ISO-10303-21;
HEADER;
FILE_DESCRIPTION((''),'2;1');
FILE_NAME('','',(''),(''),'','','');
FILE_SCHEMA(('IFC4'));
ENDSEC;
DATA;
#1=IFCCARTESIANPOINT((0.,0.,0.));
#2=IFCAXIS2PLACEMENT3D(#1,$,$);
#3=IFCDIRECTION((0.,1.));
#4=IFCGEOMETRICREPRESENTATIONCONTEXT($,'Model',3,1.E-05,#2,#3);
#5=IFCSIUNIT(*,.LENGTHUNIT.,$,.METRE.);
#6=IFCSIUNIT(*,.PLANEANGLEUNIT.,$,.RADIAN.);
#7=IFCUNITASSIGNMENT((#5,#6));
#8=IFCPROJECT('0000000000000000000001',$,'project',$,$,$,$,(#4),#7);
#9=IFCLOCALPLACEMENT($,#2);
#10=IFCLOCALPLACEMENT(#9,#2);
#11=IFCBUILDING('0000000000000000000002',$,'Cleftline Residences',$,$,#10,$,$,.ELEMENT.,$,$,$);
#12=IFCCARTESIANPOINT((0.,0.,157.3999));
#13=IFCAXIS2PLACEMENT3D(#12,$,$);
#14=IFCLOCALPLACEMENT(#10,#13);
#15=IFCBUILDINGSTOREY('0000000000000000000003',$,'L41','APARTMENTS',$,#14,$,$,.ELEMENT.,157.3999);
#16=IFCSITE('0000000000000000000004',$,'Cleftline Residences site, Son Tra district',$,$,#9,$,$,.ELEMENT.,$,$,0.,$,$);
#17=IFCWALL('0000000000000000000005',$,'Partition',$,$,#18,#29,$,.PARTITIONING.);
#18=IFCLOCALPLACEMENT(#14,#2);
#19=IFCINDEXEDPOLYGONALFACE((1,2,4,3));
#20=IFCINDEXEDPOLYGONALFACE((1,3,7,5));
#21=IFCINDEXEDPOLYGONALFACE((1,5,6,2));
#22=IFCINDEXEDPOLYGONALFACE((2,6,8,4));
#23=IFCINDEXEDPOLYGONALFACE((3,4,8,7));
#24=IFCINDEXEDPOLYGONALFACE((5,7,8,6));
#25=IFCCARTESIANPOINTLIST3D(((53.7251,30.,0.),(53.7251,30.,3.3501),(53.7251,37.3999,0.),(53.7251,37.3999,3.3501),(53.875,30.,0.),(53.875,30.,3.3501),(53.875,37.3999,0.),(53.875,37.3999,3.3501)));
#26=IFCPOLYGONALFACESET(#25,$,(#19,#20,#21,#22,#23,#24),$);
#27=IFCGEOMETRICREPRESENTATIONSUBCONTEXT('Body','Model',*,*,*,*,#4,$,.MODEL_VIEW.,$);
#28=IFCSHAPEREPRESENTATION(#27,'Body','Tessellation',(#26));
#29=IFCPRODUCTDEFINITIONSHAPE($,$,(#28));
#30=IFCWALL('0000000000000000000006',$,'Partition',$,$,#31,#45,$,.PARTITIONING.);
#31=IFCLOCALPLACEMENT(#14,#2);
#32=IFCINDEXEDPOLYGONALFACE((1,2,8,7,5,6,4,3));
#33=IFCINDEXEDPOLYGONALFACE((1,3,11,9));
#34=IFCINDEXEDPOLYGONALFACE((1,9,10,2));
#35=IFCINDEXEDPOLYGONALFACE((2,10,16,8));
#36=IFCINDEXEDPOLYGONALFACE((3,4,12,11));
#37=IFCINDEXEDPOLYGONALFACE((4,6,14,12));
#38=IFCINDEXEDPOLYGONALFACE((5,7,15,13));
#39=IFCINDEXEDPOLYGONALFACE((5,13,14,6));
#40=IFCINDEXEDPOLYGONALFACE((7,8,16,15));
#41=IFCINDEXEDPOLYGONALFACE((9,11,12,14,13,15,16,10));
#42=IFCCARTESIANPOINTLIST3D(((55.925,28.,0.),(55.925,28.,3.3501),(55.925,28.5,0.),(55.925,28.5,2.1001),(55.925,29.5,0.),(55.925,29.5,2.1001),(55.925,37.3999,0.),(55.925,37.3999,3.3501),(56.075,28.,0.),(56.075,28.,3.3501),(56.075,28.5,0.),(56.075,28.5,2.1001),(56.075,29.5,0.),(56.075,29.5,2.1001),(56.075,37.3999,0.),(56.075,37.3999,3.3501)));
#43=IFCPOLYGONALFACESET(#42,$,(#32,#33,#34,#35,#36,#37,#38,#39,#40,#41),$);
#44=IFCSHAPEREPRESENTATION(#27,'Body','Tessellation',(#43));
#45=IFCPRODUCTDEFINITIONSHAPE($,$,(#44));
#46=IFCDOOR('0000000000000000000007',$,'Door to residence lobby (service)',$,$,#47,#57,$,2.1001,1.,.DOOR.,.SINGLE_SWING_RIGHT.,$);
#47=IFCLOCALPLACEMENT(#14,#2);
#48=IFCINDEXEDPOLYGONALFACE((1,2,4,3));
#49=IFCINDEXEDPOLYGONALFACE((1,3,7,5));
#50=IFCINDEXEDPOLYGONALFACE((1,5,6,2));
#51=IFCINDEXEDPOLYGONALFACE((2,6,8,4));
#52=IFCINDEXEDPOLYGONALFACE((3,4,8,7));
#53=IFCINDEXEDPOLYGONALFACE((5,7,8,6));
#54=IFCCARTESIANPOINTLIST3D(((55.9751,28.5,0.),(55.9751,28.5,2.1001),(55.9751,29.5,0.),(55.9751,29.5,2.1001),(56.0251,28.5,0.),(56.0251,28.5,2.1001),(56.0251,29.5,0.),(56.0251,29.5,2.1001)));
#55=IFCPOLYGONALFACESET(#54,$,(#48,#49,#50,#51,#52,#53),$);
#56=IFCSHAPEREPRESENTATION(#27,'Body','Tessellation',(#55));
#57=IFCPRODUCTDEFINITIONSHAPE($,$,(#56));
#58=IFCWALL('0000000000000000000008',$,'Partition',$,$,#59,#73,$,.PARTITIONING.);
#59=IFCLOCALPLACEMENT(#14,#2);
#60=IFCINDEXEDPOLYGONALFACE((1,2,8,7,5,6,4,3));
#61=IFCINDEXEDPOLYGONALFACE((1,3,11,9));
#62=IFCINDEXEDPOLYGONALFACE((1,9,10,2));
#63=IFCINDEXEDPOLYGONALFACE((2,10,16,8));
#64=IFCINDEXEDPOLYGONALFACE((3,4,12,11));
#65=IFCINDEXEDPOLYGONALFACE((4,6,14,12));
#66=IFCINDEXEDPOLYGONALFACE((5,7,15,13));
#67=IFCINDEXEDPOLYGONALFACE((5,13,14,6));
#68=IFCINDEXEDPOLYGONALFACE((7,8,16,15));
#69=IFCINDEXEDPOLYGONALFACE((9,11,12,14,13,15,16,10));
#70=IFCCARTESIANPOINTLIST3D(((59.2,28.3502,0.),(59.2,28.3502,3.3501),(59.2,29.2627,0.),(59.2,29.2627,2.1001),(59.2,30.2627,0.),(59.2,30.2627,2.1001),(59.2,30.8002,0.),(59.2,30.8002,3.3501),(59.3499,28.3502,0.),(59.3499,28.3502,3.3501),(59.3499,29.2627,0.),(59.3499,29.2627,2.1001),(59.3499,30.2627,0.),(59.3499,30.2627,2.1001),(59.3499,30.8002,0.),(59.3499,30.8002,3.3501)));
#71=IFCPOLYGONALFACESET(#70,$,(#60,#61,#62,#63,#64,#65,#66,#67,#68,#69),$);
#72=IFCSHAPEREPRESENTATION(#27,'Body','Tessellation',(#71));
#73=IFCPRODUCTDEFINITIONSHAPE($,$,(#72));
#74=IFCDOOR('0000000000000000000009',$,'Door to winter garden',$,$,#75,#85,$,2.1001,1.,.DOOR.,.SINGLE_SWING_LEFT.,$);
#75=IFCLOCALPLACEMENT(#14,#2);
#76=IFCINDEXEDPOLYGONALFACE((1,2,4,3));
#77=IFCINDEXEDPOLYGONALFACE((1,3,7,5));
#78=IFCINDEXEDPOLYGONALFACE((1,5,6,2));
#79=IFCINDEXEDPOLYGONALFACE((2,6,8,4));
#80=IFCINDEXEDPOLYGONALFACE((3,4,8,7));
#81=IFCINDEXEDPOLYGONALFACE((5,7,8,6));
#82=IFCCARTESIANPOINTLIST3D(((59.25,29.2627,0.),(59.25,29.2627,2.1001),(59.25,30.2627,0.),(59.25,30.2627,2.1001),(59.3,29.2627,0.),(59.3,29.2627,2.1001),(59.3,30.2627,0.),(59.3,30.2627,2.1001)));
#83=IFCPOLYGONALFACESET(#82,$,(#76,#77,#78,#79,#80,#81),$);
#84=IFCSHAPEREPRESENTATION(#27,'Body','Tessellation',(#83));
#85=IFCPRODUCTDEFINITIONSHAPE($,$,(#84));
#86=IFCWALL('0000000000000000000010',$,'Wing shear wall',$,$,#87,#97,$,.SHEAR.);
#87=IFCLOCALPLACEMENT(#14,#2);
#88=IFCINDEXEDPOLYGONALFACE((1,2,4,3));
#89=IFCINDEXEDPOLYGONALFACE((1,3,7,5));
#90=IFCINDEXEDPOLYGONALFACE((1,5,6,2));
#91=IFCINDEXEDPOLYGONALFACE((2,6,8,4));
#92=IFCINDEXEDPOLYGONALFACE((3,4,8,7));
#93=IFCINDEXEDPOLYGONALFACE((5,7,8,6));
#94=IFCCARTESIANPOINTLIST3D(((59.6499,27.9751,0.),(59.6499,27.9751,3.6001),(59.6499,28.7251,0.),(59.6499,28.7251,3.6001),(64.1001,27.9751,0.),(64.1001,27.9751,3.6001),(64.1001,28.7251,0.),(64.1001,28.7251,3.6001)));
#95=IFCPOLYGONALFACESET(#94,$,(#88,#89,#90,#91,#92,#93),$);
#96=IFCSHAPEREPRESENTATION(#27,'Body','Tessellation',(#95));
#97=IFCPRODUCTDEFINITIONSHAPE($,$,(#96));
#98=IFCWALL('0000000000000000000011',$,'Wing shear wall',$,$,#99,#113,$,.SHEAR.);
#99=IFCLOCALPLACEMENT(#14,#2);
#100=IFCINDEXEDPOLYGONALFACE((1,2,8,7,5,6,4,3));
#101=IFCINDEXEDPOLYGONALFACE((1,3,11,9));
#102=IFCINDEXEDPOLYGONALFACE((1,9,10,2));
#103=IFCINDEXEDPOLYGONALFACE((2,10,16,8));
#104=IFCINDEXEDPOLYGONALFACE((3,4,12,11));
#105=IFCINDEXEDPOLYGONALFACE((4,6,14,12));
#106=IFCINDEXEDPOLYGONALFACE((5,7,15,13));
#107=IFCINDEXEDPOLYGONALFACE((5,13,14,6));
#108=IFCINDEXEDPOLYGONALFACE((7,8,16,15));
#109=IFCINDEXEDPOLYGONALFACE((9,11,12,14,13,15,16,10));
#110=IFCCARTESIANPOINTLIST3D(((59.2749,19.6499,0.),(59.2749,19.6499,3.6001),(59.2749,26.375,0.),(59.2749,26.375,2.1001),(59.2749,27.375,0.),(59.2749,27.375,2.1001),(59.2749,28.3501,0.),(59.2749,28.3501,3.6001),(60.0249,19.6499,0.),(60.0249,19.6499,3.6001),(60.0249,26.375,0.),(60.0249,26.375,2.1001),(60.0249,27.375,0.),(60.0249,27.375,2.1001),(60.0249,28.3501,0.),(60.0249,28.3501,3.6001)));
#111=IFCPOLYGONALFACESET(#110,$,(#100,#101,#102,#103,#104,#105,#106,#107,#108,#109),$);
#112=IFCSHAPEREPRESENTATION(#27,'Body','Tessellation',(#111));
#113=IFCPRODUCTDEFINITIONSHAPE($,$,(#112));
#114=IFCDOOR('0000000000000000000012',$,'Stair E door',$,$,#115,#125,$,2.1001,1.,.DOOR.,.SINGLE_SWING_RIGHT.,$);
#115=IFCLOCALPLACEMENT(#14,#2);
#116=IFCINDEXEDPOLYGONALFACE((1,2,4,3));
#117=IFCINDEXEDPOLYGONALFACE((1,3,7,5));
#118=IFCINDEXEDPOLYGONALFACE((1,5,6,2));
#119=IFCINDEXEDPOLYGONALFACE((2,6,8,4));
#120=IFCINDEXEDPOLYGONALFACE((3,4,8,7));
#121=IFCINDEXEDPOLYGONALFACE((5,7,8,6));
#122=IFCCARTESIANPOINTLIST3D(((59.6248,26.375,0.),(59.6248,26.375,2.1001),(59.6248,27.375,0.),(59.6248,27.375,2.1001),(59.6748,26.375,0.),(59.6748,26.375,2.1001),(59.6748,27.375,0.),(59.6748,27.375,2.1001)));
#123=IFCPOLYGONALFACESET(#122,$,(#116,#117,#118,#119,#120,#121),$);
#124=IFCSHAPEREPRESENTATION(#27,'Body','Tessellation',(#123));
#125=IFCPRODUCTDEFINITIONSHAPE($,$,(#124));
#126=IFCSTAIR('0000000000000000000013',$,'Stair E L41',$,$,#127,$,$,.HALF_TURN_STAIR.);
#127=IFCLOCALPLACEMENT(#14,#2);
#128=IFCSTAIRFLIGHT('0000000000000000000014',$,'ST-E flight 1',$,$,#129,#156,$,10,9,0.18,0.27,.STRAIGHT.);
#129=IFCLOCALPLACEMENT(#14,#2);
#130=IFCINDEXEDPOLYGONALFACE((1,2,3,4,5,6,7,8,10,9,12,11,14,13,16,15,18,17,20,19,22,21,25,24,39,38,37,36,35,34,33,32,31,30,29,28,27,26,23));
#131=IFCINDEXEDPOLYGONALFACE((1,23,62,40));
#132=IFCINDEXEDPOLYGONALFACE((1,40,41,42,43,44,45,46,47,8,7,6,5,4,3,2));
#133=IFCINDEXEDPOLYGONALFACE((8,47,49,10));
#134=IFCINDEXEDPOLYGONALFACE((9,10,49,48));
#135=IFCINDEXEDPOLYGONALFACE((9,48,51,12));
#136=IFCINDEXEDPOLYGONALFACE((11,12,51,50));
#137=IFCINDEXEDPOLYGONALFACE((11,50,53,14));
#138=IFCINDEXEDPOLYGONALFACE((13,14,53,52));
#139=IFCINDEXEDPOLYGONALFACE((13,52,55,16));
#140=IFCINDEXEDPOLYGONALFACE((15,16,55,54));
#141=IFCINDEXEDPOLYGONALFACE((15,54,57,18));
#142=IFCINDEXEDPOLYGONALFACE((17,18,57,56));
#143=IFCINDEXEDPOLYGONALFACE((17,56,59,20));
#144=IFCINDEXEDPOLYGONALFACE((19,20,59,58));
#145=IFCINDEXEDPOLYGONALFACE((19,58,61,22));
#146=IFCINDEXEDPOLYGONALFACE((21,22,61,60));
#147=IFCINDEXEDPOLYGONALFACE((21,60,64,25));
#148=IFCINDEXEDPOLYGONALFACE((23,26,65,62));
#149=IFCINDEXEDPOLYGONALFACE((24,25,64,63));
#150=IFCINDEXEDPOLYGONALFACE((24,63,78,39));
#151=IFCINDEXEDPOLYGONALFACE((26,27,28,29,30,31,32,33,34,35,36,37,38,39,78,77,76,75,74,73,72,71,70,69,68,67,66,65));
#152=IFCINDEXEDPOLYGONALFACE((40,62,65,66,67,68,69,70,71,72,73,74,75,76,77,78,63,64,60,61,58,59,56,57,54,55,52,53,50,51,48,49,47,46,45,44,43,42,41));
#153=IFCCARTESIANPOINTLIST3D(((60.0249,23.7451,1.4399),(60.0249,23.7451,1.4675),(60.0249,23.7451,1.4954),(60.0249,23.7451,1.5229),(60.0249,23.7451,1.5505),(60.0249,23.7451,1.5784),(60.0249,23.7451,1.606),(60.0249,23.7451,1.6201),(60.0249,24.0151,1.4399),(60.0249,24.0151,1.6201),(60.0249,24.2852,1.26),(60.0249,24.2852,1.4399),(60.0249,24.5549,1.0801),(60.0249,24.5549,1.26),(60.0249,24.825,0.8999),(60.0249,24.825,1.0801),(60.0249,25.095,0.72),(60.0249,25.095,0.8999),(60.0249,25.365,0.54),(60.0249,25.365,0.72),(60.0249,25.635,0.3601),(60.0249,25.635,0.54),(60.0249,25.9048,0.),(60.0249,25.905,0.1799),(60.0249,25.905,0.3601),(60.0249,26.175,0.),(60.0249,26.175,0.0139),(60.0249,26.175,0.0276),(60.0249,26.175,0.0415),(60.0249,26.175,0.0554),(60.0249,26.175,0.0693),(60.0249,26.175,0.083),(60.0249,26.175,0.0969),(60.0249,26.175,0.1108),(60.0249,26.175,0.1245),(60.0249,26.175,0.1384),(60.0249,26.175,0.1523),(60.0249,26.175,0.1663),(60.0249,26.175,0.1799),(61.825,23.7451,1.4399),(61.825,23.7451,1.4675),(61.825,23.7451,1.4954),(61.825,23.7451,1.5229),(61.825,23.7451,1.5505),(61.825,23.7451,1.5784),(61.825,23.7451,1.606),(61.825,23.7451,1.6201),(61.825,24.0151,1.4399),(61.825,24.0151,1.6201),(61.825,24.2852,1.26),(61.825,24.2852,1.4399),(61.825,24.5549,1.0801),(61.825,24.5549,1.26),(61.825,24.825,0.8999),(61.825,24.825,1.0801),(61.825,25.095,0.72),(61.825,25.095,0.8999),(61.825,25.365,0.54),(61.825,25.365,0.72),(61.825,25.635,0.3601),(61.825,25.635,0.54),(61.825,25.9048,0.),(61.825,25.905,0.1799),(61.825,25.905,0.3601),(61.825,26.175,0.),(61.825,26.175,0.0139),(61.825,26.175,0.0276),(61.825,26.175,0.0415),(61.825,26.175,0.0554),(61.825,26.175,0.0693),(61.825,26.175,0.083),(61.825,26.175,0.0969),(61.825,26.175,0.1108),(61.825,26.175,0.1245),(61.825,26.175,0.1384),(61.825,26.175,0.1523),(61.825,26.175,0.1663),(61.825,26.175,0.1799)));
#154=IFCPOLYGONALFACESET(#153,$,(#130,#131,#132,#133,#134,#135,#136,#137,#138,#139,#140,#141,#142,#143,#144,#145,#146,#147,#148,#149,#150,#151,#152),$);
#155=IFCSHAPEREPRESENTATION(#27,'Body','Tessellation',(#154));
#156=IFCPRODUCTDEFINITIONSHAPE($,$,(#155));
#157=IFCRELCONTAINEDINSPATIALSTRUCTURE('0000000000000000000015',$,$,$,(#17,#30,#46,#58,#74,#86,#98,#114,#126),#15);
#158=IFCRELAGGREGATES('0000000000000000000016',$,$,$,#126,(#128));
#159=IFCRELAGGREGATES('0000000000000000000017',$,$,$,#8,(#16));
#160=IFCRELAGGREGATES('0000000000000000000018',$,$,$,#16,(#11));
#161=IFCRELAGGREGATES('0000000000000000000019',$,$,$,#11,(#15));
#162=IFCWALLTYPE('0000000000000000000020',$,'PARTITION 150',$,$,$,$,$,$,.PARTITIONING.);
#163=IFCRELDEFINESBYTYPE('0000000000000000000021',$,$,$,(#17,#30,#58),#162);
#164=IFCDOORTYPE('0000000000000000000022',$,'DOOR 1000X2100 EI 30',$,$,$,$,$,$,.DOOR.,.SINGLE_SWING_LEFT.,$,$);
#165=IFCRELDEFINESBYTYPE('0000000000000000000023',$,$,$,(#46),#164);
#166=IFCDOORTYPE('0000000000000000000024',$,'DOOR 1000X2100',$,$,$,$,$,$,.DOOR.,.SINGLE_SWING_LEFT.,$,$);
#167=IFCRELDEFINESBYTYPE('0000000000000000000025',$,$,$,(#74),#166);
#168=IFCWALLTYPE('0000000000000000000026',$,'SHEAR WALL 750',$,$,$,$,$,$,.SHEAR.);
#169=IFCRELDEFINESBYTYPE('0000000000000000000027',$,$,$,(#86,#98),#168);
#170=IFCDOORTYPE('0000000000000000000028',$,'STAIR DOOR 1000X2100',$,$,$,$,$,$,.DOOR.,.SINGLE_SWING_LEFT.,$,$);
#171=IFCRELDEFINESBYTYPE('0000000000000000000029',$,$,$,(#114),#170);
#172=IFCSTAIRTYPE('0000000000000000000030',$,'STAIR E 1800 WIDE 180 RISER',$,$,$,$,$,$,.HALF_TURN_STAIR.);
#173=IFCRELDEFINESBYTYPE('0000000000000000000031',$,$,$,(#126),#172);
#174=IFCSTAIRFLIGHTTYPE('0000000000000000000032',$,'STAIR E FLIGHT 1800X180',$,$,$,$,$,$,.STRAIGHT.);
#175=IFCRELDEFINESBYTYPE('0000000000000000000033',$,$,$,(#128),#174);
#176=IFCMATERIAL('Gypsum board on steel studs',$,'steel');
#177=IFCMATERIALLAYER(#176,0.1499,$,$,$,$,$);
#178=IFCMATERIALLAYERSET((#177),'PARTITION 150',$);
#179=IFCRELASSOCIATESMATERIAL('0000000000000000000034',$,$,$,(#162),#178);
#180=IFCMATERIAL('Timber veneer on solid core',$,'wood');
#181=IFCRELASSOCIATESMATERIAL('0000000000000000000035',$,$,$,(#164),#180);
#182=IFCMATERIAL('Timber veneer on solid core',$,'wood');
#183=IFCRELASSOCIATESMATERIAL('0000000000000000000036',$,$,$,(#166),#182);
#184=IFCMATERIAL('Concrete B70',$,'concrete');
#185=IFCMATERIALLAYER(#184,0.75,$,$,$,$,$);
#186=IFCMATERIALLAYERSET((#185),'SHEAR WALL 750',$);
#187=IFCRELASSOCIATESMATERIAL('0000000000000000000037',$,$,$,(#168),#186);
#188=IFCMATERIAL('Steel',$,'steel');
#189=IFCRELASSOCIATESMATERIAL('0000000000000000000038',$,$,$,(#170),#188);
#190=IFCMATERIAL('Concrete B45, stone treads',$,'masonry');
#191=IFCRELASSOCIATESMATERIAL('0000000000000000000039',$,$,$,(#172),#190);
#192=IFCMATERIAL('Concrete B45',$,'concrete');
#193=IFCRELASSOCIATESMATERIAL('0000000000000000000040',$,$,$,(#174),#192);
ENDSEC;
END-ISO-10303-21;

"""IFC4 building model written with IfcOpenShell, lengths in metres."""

from ifc_helpers import new_model, si_unit, direction, frame, frame_2d, origin, place, context, subcontext, project, spatial, polyline, rectangle, outline, extrude, material, layer, layer_set, type_object, element, fill, aggregate, save


model = new_model("IFC4")

# Units and contexts
model_context = context("Model", 3, precision=1e-05, world=origin(), true_north=direction((0.0, 1.0)))
body_context = subcontext(model_context, "Body", "Model", "MODEL_VIEW")
ifc_project = project(units=[si_unit("LENGTHUNIT", "METRE"), si_unit("PLANEANGLEUNIT", "RADIAN")], contexts=[model_context])

# Site, building, storey
site_placement = place(None, origin())
site = spatial("IfcSite", under=ifc_project, at=site_placement, Name="Cleftline Residences site, Son Tra district", CompositionType="ELEMENT", RefElevation=0.0)
building_placement = place(site_placement, origin())
building = spatial("IfcBuilding", under=site, at=building_placement, Name="Cleftline Residences", CompositionType="ELEMENT")
storey_placement = place(building_placement, frame((0.0, 0.0, 157.3999)))
storey = spatial("IfcBuildingStorey", under=building, at=storey_placement, Name="L41", Description="APARTMENTS", CompositionType="ELEMENT", Elevation=157.3999)

# Wall
ifc_material_1 = material(Name="Gypsum board on steel studs", Category="steel")
ifc_layer_1 = layer(ifc_material_1, 0.1499)
ifc_layer_set_1 = layer_set([ifc_layer_1], Name="PARTITION 150")
wall_type_1 = type_object("IfcWallType", Name="PARTITION 150", PredefinedType="PARTITIONING", material=ifc_layer_set_1)
for number, where, z_axis, x_axis, name in (
    (1, (53.8, 30.0, 0.0), (0.0, 0.0, 1.0), (0.0, 1.0, 0.0), "Partition"),
):
    element("IfcWall", number, at=place(storey_placement, frame(where, z_axis=z_axis, x_axis=x_axis)), inside=storey, type_object=wall_type_1, Name=name, PredefinedType="PARTITIONING", context=body_context, shape_type="SweptSolid", body=[
        extrude(rectangle(XDim=7.3999, YDim=0.1499, at=frame_2d((3.7, 0.0))), origin(), (0.0, 0.0, 1.0), 3.3501),
    ])

# Walls, openings, doors
wall_1_placement = place(storey_placement, frame((56.0, 28.0, 0.0), z_axis=(0.0, 0.0, 1.0), x_axis=(0.0, 1.0, 0.0)))
wall_1 = element("IfcWall", 2, at=wall_1_placement, inside=storey, type_object=wall_type_1, Name="Partition", PredefinedType="PARTITIONING", context=body_context, shape_type="SweptSolid", body=[
    extrude(rectangle(XDim=9.3999, YDim=0.1499, at=frame_2d((4.7, 0.0))), origin(), (0.0, 0.0, 1.0), 3.3501),
])
opening_1_placement = place(wall_1_placement, frame((0.5, 0.0, 0.0)))
opening_1 = element("IfcOpeningElement", 3, at=opening_1_placement, cuts=wall_1, PredefinedType="OPENING", context=body_context, shape_type="SweptSolid", body=[
    extrude(rectangle(XDim=1.0, YDim=2.1001, at=frame_2d((0.5, 1.05))), frame((0.0, 0.085, 0.0), z_axis=(0.0, -1.0, 0.0), x_axis=(1.0, 0.0, 0.0)), (0.0, 0.0, 1.0), 0.1699),
])
ifc_material_2 = material(Name="Timber veneer on solid core", Category="wood")
door_type_1 = type_object("IfcDoorType", Name="DOOR 1000X2100 EI 30", OperationType="SINGLE_SWING_LEFT", PredefinedType="DOOR", material=ifc_material_2)
door_1_placement = place(opening_1_placement, origin())
door_1 = element("IfcDoor", 4, at=door_1_placement, inside=storey, type_object=door_type_1, Name="Door to residence lobby (service)", OperationType="SINGLE_SWING_RIGHT", OverallHeight=2.1001, OverallWidth=1.0, PredefinedType="DOOR", context=body_context, shape_type="SweptSolid", body=[
    extrude(rectangle(XDim=1.0, YDim=2.1001, at=frame_2d((0.5, 1.05))), frame((0.0, 0.0249, 0.0), z_axis=(0.0, -1.0, 0.0), x_axis=(1.0, 0.0, 0.0)), (0.0, 0.0, 1.0), 0.05),
])
fill(opening_1, door_1)
wall_2_placement = place(storey_placement, frame((59.2749, 28.3501, 0.0), z_axis=(0.0, 0.0, 1.0), x_axis=(0.0, 1.0, 0.0)))
wall_2 = element("IfcWall", 5, at=wall_2_placement, inside=storey, type_object=wall_type_1, Name="Partition", PredefinedType="PARTITIONING", context=body_context, shape_type="SweptSolid", body=[
    extrude(rectangle(XDim=2.45, YDim=0.1499, at=frame_2d((1.2251, 0.0))), origin(), (0.0, 0.0, 1.0), 3.3501),
])
opening_2_placement = place(wall_2_placement, frame((0.9126, 0.0, 0.0)))
opening_2 = element("IfcOpeningElement", 6, at=opening_2_placement, cuts=wall_2, PredefinedType="OPENING", context=body_context, shape_type="SweptSolid", body=[
    extrude(rectangle(XDim=1.0, YDim=2.1001, at=frame_2d((0.5, 1.05))), frame((0.0, 0.085, 0.0), z_axis=(0.0, -1.0, 0.0), x_axis=(1.0, 0.0, 0.0)), (0.0, 0.0, 1.0), 0.1699),
])
ifc_material_3 = material(Name="Timber veneer on solid core", Category="wood")
door_type_2 = type_object("IfcDoorType", Name="DOOR 1000X2100", OperationType="SINGLE_SWING_LEFT", PredefinedType="DOOR", material=ifc_material_3)
door_2_placement = place(opening_2_placement, origin())
door_2 = element("IfcDoor", 7, at=door_2_placement, inside=storey, type_object=door_type_2, Name="Door to winter garden", OperationType="SINGLE_SWING_LEFT", OverallHeight=2.1001, OverallWidth=1.0, PredefinedType="DOOR", context=body_context, shape_type="SweptSolid", body=[
    extrude(rectangle(XDim=1.0, YDim=2.1001, at=frame_2d((0.5, 1.05))), frame((0.0, 0.0249, 0.0), z_axis=(0.0, -1.0, 0.0), x_axis=(1.0, 0.0, 0.0)), (0.0, 0.0, 1.0), 0.05),
])
fill(opening_2, door_2)

# Wall
ifc_material_4 = material(Name="Concrete B70", Category="concrete")
ifc_layer_2 = layer(ifc_material_4, 0.75)
ifc_layer_set_2 = layer_set([ifc_layer_2], Name="SHEAR WALL 750")
wall_type_2 = type_object("IfcWallType", Name="SHEAR WALL 750", PredefinedType="SHEAR", material=ifc_layer_set_2)
wall_3_placement = place(storey_placement, frame((64.1001, 28.3501, 0.0), z_axis=(0.0, 0.0, 1.0), x_axis=(-1.0, 0.0, 0.0)))
element("IfcWall", 8, at=wall_3_placement, inside=storey, type_object=wall_type_2, Name="Wing shear wall", PredefinedType="SHEAR", context=body_context, shape_type="SweptSolid", body=[
    extrude(rectangle(XDim=4.4502, YDim=0.75, at=frame_2d((2.2251, 0.0))), origin(), (0.0, 0.0, 1.0), 3.6001),
])

# Wall, opening, door
wall_4_placement = place(storey_placement, frame((59.6499, 28.3501, 0.0), z_axis=(0.0, 0.0, 1.0), x_axis=(0.0, -1.0, 0.0)))
wall_4 = element("IfcWall", 9, at=wall_4_placement, inside=storey, type_object=wall_type_2, Name="Wing shear wall", PredefinedType="SHEAR", context=body_context, shape_type="SweptSolid", body=[
    extrude(rectangle(XDim=8.7002, YDim=0.75, at=frame_2d((4.3501, 0.0))), origin(), (0.0, 0.0, 1.0), 3.6001),
])
opening_3_placement = place(wall_4_placement, frame((0.9751, 0.0, 0.0)))
opening_3 = element("IfcOpeningElement", 10, at=opening_3_placement, cuts=wall_4, PredefinedType="OPENING", context=body_context, shape_type="SweptSolid", body=[
    extrude(rectangle(XDim=1.0, YDim=2.1001, at=frame_2d((0.5, 1.05))), frame((0.0, 0.385, 0.0), z_axis=(0.0, -1.0, 0.0), x_axis=(1.0, 0.0, 0.0)), (0.0, 0.0, 1.0), 0.77),
])
ifc_material_5 = material(Name="Steel", Category="steel")
door_type_3 = type_object("IfcDoorType", Name="STAIR DOOR 1000X2100", OperationType="SINGLE_SWING_LEFT", PredefinedType="DOOR", material=ifc_material_5)
door_3_placement = place(opening_3_placement, origin())
door_3 = element("IfcDoor", 11, at=door_3_placement, inside=storey, type_object=door_type_3, Name="Stair E door", OperationType="SINGLE_SWING_RIGHT", OverallHeight=2.1001, OverallWidth=1.0, PredefinedType="DOOR", context=body_context, shape_type="SweptSolid", body=[
    extrude(rectangle(XDim=1.0, YDim=2.1001, at=frame_2d((0.5, 1.05))), frame((0.0, 0.0249, 0.0), z_axis=(0.0, -1.0, 0.0), x_axis=(1.0, 0.0, 0.0)), (0.0, 0.0, 1.0), 0.05),
])
fill(opening_3, door_3)

# Stair, stair flight
ifc_material_6 = material(Name="Concrete B45, stone treads", Category="masonry")
stair_type = type_object("IfcStairType", Name="STAIR E 1800 WIDE 180 RISER", PredefinedType="HALF_TURN_STAIR", material=ifc_material_6)
stair_placement = place(storey_placement, origin())
stair = element("IfcStair", 12, at=stair_placement, inside=storey, type_object=stair_type, Name="Stair E L41", PredefinedType="HALF_TURN_STAIR")
ifc_material_7 = material(Name="Concrete B45", Category="concrete")
stair_flight_type = type_object("IfcStairFlightType", Name="STAIR E FLIGHT 1800X180", PredefinedType="STRAIGHT", material=ifc_material_7)
stair_flight_placement = place(storey_placement, frame((60.925, 26.175, 0.0), z_axis=(0.0, 0.0, 1.0), x_axis=(0.0, -1.0, 0.0)))
stair_flight = element("IfcStairFlight", 13, at=stair_flight_placement, type_object=stair_flight_type, Name="ST-E flight 1", NumberOfRisers=10, NumberOfTreads=9, PredefinedType="STRAIGHT", RiserHeight=0.18, TreadLength=0.27, context=body_context, shape_type="SweptSolid", body=[
    extrude(outline(polyline([(0.0, 0.0), (0.0, 0.0139), (0.0, 0.0276), (0.0, 0.0415), (0.0, 0.0554), (0.0, 0.0693), (0.0, 0.083), (0.0, 0.0969), (0.0, 0.1108), (0.0, 0.1245), (0.0, 0.1384), (0.0, 0.1523), (0.0, 0.1663), (0.0, 0.1799), (0.27, 0.1799), (0.27, 0.3601), (0.54, 0.3601), (0.54, 0.54), (0.8101, 0.54), (0.8101, 0.72), (1.0801, 0.72), (1.0801, 0.8999), (1.3501, 0.8999), (1.3501, 1.0801), (1.6201, 1.0801), (1.6201, 1.26), (1.8899, 1.26), (1.8899, 1.4399), (2.1599, 1.4399), (2.1599, 1.6201), (2.4299, 1.6201), (2.4299, 1.8), (2.4299, 1.7722), (2.4299, 1.7446), (2.4299, 1.7168), (2.4299, 1.6892), (2.4299, 1.6614), (2.4299, 1.6338), (2.4299, 1.606), (2.4299, 1.5784), (2.4299, 1.5505), (2.4299, 1.5229), (2.4299, 1.4954), (2.4299, 1.4675), (2.4299, 1.4399), (0.2703, 0.0), (0.0, 0.0)])), frame((0.0, 0.8999, 0.0), z_axis=(0.0, -1.0, 0.0), x_axis=(1.0, 0.0, 0.0)), (0.0, 0.0, 1.0), 1.8),
])
aggregate(stair, [stair_flight])

save(model, "model.ifc")
